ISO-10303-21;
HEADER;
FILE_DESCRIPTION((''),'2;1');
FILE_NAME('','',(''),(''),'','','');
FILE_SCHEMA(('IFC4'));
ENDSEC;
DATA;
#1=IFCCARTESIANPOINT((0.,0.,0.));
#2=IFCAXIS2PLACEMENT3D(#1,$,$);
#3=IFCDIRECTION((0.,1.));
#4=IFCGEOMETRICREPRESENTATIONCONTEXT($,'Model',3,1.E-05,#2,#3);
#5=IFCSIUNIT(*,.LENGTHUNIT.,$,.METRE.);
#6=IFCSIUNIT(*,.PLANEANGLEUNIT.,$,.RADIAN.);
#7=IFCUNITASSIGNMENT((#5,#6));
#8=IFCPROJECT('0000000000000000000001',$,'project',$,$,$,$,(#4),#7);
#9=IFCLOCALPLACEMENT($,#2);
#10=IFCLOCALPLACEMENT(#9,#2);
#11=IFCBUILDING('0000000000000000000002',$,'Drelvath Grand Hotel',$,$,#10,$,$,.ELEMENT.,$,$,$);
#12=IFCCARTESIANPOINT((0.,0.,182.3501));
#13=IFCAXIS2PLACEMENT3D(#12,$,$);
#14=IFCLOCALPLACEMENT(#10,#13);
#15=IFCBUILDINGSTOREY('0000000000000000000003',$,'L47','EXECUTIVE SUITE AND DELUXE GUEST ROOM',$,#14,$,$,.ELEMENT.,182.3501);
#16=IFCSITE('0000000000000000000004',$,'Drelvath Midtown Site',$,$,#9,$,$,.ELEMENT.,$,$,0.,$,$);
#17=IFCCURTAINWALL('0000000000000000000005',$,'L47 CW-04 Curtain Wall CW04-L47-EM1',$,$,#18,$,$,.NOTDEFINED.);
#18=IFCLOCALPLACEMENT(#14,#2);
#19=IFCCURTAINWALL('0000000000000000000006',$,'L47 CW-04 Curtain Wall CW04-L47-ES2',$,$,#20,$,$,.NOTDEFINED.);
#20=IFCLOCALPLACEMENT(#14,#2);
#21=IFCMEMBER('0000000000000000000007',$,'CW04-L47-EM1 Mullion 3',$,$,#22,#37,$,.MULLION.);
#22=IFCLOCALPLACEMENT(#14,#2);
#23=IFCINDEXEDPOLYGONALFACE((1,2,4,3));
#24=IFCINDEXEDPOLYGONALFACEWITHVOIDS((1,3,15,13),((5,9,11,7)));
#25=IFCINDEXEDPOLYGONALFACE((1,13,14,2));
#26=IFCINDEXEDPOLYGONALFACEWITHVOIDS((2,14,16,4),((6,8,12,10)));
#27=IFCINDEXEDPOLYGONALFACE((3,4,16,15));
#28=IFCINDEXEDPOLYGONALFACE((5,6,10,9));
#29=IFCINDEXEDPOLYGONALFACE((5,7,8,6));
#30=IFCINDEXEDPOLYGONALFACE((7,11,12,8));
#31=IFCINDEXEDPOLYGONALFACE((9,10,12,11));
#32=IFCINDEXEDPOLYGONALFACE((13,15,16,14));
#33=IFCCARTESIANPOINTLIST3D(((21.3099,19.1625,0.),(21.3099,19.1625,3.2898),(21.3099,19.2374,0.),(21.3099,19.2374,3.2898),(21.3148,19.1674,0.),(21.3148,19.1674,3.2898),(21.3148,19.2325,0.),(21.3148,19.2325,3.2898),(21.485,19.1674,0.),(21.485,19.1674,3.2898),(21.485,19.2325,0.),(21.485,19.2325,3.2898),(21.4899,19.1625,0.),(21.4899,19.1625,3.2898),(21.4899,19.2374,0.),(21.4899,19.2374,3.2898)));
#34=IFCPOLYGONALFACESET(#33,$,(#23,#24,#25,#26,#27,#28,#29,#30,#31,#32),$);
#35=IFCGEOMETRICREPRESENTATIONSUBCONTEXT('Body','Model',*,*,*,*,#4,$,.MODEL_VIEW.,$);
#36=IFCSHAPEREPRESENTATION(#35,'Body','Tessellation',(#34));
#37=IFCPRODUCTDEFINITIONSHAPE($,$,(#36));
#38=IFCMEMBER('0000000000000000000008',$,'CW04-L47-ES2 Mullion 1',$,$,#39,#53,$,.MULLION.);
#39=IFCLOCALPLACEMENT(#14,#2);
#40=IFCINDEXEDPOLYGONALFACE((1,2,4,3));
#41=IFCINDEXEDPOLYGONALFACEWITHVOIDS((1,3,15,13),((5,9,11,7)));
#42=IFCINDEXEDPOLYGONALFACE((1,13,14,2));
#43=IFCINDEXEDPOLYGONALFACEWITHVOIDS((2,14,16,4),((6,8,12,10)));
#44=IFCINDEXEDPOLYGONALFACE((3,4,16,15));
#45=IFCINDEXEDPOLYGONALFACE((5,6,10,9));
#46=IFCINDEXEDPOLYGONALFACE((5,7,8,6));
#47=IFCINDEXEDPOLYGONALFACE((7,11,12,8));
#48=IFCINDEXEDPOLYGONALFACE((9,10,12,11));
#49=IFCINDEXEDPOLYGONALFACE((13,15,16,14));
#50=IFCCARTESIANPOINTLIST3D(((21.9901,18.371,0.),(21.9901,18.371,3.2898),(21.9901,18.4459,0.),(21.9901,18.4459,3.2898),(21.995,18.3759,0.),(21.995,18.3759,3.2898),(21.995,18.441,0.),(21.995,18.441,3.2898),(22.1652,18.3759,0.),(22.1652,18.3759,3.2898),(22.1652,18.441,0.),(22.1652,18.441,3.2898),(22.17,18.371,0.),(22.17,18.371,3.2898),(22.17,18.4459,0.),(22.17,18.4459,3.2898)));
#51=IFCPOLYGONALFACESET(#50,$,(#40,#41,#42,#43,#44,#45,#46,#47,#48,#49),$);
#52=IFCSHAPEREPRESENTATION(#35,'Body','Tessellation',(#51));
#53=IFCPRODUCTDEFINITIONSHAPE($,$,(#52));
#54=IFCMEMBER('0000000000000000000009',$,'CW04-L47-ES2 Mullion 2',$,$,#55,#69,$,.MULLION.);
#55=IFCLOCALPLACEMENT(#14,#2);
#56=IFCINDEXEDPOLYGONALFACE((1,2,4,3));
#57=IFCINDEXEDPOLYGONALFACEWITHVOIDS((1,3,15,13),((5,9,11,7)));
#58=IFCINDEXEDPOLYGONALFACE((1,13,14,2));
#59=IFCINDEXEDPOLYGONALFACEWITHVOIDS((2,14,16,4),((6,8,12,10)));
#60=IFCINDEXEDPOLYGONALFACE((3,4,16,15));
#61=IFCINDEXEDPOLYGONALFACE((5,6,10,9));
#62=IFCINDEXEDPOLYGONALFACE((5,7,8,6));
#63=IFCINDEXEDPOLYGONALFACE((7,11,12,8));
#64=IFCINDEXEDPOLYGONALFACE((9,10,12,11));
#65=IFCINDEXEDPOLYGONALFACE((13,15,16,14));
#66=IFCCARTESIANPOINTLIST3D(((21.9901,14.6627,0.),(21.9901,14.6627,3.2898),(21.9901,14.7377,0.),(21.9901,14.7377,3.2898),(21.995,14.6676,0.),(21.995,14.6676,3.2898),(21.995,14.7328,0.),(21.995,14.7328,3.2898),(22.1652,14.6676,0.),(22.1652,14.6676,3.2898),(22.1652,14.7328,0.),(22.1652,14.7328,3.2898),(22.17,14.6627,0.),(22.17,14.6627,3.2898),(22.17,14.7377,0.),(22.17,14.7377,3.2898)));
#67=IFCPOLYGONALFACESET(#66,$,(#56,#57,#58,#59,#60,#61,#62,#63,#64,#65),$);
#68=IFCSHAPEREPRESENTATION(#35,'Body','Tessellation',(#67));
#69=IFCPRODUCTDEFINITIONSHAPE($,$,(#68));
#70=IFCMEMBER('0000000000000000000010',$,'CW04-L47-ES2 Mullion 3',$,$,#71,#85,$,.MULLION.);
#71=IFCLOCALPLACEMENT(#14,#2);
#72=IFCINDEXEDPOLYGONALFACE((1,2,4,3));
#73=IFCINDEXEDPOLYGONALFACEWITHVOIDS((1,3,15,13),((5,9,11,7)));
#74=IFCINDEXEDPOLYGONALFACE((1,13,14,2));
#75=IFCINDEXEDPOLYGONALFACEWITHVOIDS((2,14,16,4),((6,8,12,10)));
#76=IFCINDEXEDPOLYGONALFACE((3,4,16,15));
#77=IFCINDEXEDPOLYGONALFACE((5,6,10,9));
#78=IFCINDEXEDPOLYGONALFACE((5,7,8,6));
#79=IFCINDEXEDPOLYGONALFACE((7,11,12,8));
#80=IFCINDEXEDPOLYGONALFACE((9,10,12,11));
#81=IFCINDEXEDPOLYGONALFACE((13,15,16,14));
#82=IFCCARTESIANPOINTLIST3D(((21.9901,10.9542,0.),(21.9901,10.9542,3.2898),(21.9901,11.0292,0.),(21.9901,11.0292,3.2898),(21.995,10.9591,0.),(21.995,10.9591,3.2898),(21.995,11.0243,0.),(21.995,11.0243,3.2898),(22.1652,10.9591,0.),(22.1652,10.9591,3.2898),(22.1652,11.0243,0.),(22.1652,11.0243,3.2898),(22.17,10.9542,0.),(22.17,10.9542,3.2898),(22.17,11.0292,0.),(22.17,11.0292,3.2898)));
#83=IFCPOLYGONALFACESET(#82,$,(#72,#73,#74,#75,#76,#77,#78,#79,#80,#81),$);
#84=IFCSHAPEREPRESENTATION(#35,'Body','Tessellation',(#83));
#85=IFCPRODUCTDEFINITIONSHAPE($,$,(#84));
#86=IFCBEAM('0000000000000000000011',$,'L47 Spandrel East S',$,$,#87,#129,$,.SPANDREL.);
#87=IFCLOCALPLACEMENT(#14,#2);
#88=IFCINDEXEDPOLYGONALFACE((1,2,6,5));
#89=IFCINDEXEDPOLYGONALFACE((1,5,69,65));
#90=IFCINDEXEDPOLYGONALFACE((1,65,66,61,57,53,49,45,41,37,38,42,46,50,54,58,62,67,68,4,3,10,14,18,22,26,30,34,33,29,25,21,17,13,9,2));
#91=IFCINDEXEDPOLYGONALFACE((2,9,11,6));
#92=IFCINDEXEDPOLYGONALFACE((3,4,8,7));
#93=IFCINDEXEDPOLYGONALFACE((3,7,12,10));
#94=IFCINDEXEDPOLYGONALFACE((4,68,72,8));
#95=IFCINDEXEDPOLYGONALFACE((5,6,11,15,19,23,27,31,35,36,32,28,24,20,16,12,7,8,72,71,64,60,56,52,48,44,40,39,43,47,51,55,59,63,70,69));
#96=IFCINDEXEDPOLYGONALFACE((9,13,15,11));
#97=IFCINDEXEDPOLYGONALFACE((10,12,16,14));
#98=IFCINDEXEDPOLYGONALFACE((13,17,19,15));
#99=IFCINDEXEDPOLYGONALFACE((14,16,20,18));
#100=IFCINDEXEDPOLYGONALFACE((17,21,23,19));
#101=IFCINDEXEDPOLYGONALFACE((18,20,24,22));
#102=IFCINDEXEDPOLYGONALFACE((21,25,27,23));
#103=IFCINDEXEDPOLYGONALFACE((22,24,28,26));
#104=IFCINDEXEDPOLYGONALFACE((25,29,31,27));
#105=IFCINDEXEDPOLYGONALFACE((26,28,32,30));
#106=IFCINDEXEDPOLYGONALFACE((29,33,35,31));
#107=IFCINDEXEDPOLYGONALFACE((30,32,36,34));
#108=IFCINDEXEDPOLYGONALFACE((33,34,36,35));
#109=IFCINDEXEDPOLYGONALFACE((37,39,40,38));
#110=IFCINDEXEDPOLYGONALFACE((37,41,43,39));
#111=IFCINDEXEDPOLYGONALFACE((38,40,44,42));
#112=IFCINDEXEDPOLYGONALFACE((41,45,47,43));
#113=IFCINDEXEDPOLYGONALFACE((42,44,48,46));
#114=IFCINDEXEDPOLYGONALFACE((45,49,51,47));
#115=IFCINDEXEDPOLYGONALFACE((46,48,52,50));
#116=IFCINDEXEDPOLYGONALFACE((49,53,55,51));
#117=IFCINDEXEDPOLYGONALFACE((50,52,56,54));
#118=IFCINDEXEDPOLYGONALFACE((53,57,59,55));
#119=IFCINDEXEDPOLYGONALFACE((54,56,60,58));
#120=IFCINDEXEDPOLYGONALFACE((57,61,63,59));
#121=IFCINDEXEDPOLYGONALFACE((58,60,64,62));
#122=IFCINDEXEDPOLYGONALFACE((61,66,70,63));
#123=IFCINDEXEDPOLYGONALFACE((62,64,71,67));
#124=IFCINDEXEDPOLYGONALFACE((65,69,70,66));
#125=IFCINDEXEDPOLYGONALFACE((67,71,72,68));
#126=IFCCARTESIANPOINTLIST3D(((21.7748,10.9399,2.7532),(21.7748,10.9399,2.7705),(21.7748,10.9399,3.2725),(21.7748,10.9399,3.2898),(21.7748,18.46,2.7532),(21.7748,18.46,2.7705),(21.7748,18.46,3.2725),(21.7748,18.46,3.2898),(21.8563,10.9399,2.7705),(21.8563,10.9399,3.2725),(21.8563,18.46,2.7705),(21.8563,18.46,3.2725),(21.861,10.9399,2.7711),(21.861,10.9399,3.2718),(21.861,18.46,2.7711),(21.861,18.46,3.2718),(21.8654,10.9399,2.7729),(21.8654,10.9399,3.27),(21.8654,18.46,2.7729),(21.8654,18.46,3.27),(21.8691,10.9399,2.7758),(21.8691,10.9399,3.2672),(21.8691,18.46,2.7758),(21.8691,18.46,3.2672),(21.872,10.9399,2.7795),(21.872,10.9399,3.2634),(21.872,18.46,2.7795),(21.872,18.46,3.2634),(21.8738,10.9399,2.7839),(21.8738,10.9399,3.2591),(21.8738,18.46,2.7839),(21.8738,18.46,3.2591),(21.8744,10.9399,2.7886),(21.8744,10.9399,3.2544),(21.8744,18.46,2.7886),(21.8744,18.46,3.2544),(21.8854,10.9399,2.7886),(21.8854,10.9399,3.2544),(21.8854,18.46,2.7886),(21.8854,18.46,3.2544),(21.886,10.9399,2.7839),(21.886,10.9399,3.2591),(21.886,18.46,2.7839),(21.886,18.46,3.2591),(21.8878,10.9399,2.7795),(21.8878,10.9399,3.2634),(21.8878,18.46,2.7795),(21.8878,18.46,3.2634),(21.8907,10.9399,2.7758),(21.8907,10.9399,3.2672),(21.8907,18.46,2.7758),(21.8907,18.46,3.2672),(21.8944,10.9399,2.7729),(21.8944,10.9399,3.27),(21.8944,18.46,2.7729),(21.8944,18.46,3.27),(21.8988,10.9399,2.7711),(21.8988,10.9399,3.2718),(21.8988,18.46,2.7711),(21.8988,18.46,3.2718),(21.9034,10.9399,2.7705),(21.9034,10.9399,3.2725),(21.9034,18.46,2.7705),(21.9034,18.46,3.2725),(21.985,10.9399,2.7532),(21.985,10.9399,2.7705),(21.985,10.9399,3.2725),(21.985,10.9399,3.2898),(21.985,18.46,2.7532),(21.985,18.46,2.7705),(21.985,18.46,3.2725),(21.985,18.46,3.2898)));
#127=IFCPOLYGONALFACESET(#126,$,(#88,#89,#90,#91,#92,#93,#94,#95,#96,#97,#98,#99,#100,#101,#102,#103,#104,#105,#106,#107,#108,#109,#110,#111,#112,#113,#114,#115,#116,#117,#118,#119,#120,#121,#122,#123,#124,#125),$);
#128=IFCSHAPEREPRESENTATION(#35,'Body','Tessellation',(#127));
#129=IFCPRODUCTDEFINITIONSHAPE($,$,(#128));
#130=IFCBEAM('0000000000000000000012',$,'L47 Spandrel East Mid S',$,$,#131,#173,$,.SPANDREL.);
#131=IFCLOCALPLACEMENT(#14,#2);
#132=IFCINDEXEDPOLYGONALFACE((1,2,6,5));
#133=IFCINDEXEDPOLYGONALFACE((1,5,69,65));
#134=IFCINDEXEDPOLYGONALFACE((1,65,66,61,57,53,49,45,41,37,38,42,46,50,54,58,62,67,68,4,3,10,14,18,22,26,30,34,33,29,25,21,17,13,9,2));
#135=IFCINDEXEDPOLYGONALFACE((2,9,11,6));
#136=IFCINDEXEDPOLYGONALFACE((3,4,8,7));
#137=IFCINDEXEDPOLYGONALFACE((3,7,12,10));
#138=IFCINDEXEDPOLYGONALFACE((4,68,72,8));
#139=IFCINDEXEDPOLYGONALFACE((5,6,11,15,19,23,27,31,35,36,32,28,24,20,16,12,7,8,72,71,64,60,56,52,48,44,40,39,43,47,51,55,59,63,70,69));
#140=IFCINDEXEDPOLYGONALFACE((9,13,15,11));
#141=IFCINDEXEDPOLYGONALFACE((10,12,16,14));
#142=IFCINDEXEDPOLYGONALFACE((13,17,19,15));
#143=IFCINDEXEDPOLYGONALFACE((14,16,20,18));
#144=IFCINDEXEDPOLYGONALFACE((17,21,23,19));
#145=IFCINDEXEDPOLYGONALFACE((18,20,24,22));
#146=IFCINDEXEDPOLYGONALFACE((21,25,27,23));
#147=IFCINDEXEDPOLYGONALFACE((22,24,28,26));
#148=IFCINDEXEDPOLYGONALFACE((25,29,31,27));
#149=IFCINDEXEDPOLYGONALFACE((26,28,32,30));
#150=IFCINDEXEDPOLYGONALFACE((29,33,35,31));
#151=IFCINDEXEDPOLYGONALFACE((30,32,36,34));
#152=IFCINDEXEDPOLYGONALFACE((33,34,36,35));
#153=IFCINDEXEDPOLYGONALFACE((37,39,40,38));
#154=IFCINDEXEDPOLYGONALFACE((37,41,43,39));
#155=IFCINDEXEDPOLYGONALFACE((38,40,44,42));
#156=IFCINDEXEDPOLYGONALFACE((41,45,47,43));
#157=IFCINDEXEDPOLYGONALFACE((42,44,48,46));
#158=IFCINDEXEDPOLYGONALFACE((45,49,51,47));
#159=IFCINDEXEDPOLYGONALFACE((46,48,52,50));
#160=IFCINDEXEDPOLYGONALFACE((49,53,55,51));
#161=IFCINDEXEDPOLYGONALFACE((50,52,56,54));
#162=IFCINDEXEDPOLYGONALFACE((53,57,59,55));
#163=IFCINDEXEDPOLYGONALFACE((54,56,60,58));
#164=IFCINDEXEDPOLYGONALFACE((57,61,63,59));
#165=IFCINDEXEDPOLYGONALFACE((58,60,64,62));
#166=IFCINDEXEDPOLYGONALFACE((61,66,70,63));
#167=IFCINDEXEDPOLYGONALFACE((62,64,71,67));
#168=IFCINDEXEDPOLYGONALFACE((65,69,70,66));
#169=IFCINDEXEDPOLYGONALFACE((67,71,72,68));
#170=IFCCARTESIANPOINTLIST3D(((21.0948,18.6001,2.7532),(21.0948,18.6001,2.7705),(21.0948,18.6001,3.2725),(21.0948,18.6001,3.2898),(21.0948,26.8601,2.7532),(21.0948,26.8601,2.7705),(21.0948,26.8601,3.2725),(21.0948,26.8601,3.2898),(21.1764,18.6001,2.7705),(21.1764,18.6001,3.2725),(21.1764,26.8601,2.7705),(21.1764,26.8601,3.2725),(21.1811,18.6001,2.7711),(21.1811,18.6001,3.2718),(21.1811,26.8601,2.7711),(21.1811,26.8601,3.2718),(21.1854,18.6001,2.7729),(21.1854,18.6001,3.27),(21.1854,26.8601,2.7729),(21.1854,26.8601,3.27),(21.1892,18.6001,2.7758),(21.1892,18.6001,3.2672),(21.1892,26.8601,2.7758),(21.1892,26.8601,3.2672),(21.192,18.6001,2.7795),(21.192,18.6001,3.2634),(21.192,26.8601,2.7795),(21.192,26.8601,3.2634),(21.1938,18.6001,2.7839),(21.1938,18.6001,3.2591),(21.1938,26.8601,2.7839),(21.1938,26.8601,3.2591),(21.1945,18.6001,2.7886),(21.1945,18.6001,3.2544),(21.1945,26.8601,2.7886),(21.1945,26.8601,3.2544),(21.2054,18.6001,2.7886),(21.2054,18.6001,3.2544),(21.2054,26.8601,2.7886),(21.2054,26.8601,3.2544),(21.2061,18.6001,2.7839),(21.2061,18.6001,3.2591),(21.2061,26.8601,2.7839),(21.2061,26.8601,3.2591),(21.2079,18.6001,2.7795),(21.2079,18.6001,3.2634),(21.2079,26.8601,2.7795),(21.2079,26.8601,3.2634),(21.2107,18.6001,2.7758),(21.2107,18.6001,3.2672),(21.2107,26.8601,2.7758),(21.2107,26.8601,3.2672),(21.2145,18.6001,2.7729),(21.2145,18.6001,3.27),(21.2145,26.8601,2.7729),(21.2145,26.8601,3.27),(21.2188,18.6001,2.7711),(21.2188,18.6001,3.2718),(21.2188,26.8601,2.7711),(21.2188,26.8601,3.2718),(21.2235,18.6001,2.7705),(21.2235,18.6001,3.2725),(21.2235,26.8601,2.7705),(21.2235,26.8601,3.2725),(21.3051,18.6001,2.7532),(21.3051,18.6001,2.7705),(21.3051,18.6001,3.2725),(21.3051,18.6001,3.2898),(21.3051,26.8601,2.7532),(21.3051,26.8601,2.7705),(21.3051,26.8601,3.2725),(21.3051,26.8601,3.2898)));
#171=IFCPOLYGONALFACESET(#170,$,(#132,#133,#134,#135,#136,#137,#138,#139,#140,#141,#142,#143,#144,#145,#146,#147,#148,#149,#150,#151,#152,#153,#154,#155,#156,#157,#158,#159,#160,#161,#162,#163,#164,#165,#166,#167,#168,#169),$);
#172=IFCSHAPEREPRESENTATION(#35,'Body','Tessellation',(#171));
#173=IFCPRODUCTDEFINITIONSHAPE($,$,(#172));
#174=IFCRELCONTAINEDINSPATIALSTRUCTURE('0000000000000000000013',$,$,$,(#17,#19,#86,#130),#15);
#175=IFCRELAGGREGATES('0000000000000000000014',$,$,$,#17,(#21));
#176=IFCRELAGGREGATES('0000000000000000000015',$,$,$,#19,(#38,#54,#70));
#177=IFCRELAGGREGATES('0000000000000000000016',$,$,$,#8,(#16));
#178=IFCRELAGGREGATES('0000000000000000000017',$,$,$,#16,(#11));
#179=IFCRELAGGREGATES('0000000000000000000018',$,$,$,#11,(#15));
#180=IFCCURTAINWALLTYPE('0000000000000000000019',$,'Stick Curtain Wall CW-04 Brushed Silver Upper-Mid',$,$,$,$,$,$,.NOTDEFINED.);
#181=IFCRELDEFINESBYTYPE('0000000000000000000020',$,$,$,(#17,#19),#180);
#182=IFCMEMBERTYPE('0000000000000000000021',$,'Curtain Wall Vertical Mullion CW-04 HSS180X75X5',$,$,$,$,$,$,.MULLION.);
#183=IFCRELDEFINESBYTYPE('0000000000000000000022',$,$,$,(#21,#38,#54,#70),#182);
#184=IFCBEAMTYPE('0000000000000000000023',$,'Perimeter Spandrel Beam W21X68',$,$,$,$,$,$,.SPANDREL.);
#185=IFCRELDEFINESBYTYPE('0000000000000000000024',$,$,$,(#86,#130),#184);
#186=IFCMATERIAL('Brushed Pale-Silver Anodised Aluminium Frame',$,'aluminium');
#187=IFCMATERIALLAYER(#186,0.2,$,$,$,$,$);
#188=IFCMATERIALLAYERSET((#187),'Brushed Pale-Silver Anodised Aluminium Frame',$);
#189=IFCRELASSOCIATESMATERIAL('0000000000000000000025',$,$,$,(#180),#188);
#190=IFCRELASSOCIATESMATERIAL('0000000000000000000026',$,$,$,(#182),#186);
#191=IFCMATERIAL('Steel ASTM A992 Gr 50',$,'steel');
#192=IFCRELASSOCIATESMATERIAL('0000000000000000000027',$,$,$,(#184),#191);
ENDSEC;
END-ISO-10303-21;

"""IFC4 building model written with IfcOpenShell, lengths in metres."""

from ifc_helpers import new_model, si_unit, direction, frame, origin, origin_2d, place, context, subcontext, project, spatial, hollow_rectangle, i_section, extrude, material, layer, layer_set, material_profile, profile_set, type_object, element, aggregate, save


model = new_model("IFC4")

# Units and contexts
model_context = context("Model", 3, precision=1e-05, world=origin(), true_north=direction((0.0, 1.0)))
body_context = subcontext(model_context, "Body", "Model", "MODEL_VIEW")
ifc_project = project(units=[si_unit("LENGTHUNIT", "METRE"), si_unit("PLANEANGLEUNIT", "RADIAN")], contexts=[model_context])

# Site, building, storey
site_placement = place(None, origin())
site = spatial("IfcSite", under=ifc_project, at=site_placement, Name="Drelvath Midtown Site", CompositionType="ELEMENT", RefElevation=0.0)
building_placement = place(site_placement, origin())
building = spatial("IfcBuilding", under=site, at=building_placement, Name="Drelvath Grand Hotel", CompositionType="ELEMENT")
storey_placement = place(building_placement, frame((0.0, 0.0, 182.3501)))
storey = spatial("IfcBuildingStorey", under=building, at=storey_placement, Name="L47", Description="EXECUTIVE SUITE AND DELUXE GUEST ROOM", CompositionType="ELEMENT", Elevation=182.3501)

# Curtain walls
ifc_material_1 = material(Name="Brushed Pale-Silver Anodised Aluminium Frame", Category="aluminium")
ifc_layer_1 = layer(ifc_material_1, 0.2)
ifc_layer_set_1 = layer_set([ifc_layer_1], Name="Brushed Pale-Silver Anodised Aluminium Frame")
curtain_wall_type = type_object("IfcCurtainWallType", Name="Stick Curtain Wall CW-04 Brushed Silver Upper-Mid", PredefinedType="NOTDEFINED", material=ifc_layer_set_1)
curtain_wall_1_placement = place(storey_placement, origin())
curtain_wall_1 = element("IfcCurtainWall", 1, at=curtain_wall_1_placement, inside=storey, type_object=curtain_wall_type, Name="L47 CW-04 Curtain Wall CW04-L47-EM1", PredefinedType="NOTDEFINED")
curtain_wall_2_placement = place(storey_placement, origin())
curtain_wall_2 = element("IfcCurtainWall", 2, at=curtain_wall_2_placement, inside=storey, type_object=curtain_wall_type, Name="L47 CW-04 Curtain Wall CW04-L47-ES2", PredefinedType="NOTDEFINED")

# Members
ifc_material_profile_1 = material_profile(ifc_material_1, hollow_rectangle(XDim=0.075, YDim=0.1799, WallThickness=0.0049, at=origin_2d()), Name="HSS180X75X5")
ifc_profile_set_1 = profile_set([ifc_material_profile_1], Name="Brushed Pale-Silver Anodised Aluminium Frame")
member_type_1 = type_object("IfcMemberType", Name="Curtain Wall Vertical Mullion CW-04 HSS180X75X5", PredefinedType="MULLION", material=ifc_profile_set_1)
member_1_placement = place(storey_placement, frame((21.3999, 19.2, 0.0), z_axis=(0.0, 0.0, 1.0), x_axis=(0.0, 1.0, 0.0)))
member_1 = element("IfcMember", 3, at=member_1_placement, type_object=member_type_1, Name="CW04-L47-EM1 Mullion 3", PredefinedType="MULLION", context=body_context, shape_type="SweptSolid", body=[
    extrude(hollow_rectangle(XDim=0.075, YDim=0.1799, WallThickness=0.0049, at=origin_2d()), origin(), (0.0, 0.0, 1.0), 3.2898),
])
member_2_placement = place(storey_placement, frame((22.0801, 18.4084, 0.0), z_axis=(0.0, 0.0, 1.0), x_axis=(0.0, 1.0, 0.0)))
member_2 = element("IfcMember", 4, at=member_2_placement, type_object=member_type_1, Name="CW04-L47-ES2 Mullion 1", PredefinedType="MULLION", context=body_context, shape_type="SweptSolid", body=[
    extrude(hollow_rectangle(XDim=0.075, YDim=0.1799, WallThickness=0.0049, at=origin_2d()), origin(), (0.0, 0.0, 1.0), 3.2898),
])
member_3_placement = place(storey_placement, frame((22.0801, 14.7002, 0.0), z_axis=(0.0, 0.0, 1.0), x_axis=(0.0, 1.0, 0.0)))
member_3 = element("IfcMember", 5, at=member_3_placement, type_object=member_type_1, Name="CW04-L47-ES2 Mullion 2", PredefinedType="MULLION", context=body_context, shape_type="SweptSolid", body=[
    extrude(hollow_rectangle(XDim=0.075, YDim=0.1799, WallThickness=0.0049, at=origin_2d()), origin(), (0.0, 0.0, 1.0), 3.2898),
])
member_4_placement = place(storey_placement, frame((22.0801, 10.9917, 0.0), z_axis=(0.0, 0.0, 1.0), x_axis=(0.0, 1.0, 0.0)))
member_4 = element("IfcMember", 6, at=member_4_placement, type_object=member_type_1, Name="CW04-L47-ES2 Mullion 3", PredefinedType="MULLION", context=body_context, shape_type="SweptSolid", body=[
    extrude(hollow_rectangle(XDim=0.075, YDim=0.1799, WallThickness=0.0049, at=origin_2d()), origin(), (0.0, 0.0, 1.0), 3.2898),
])

# Beams
ifc_material_2 = material(Name="Steel ASTM A992 Gr 50", Category="steel")
ifc_material_profile_2 = material_profile(ifc_material_2, i_section(OverallWidth=0.2102, OverallDepth=0.5366, WebThickness=0.011, FlangeThickness=0.0173, FilletRadius=0.0181, at=origin_2d()), Name="W21X68")
ifc_profile_set_2 = profile_set([ifc_material_profile_2], Name="Steel ASTM A992 Gr 50")
beam_type_1 = type_object("IfcBeamType", Name="Perimeter Spandrel Beam W21X68", PredefinedType="SPANDREL", material=ifc_profile_set_2)
beam_1_placement = place(storey_placement, frame((21.8799, 10.9399, 3.0215), z_axis=(0.0, 1.0, 0.0), x_axis=(-1.0, 0.0, 0.0)))
element("IfcBeam", 7, at=beam_1_placement, inside=storey, type_object=beam_type_1, Name="L47 Spandrel East S", PredefinedType="SPANDREL", context=body_context, shape_type="SweptSolid", body=[
    extrude(i_section(OverallWidth=0.2102, OverallDepth=0.5366, WebThickness=0.011, FlangeThickness=0.0173, FilletRadius=0.0181, at=origin_2d()), origin(), (0.0, 0.0, 1.0), 7.52),
])
beam_2_placement = place(storey_placement, frame((21.2, 18.6001, 3.0215), z_axis=(0.0, 1.0, 0.0), x_axis=(-1.0, 0.0, 0.0)))
element("IfcBeam", 8, at=beam_2_placement, inside=storey, type_object=beam_type_1, Name="L47 Spandrel East Mid S", PredefinedType="SPANDREL", context=body_context, shape_type="SweptSolid", body=[
    extrude(i_section(OverallWidth=0.2102, OverallDepth=0.5366, WebThickness=0.011, FlangeThickness=0.0173, FilletRadius=0.0181, at=origin_2d()), origin(), (0.0, 0.0, 1.0), 8.26),
])

aggregate(curtain_wall_1, [member_1])
aggregate(curtain_wall_2, [member_2, member_3, member_4])

save(model, "model.ifc")
